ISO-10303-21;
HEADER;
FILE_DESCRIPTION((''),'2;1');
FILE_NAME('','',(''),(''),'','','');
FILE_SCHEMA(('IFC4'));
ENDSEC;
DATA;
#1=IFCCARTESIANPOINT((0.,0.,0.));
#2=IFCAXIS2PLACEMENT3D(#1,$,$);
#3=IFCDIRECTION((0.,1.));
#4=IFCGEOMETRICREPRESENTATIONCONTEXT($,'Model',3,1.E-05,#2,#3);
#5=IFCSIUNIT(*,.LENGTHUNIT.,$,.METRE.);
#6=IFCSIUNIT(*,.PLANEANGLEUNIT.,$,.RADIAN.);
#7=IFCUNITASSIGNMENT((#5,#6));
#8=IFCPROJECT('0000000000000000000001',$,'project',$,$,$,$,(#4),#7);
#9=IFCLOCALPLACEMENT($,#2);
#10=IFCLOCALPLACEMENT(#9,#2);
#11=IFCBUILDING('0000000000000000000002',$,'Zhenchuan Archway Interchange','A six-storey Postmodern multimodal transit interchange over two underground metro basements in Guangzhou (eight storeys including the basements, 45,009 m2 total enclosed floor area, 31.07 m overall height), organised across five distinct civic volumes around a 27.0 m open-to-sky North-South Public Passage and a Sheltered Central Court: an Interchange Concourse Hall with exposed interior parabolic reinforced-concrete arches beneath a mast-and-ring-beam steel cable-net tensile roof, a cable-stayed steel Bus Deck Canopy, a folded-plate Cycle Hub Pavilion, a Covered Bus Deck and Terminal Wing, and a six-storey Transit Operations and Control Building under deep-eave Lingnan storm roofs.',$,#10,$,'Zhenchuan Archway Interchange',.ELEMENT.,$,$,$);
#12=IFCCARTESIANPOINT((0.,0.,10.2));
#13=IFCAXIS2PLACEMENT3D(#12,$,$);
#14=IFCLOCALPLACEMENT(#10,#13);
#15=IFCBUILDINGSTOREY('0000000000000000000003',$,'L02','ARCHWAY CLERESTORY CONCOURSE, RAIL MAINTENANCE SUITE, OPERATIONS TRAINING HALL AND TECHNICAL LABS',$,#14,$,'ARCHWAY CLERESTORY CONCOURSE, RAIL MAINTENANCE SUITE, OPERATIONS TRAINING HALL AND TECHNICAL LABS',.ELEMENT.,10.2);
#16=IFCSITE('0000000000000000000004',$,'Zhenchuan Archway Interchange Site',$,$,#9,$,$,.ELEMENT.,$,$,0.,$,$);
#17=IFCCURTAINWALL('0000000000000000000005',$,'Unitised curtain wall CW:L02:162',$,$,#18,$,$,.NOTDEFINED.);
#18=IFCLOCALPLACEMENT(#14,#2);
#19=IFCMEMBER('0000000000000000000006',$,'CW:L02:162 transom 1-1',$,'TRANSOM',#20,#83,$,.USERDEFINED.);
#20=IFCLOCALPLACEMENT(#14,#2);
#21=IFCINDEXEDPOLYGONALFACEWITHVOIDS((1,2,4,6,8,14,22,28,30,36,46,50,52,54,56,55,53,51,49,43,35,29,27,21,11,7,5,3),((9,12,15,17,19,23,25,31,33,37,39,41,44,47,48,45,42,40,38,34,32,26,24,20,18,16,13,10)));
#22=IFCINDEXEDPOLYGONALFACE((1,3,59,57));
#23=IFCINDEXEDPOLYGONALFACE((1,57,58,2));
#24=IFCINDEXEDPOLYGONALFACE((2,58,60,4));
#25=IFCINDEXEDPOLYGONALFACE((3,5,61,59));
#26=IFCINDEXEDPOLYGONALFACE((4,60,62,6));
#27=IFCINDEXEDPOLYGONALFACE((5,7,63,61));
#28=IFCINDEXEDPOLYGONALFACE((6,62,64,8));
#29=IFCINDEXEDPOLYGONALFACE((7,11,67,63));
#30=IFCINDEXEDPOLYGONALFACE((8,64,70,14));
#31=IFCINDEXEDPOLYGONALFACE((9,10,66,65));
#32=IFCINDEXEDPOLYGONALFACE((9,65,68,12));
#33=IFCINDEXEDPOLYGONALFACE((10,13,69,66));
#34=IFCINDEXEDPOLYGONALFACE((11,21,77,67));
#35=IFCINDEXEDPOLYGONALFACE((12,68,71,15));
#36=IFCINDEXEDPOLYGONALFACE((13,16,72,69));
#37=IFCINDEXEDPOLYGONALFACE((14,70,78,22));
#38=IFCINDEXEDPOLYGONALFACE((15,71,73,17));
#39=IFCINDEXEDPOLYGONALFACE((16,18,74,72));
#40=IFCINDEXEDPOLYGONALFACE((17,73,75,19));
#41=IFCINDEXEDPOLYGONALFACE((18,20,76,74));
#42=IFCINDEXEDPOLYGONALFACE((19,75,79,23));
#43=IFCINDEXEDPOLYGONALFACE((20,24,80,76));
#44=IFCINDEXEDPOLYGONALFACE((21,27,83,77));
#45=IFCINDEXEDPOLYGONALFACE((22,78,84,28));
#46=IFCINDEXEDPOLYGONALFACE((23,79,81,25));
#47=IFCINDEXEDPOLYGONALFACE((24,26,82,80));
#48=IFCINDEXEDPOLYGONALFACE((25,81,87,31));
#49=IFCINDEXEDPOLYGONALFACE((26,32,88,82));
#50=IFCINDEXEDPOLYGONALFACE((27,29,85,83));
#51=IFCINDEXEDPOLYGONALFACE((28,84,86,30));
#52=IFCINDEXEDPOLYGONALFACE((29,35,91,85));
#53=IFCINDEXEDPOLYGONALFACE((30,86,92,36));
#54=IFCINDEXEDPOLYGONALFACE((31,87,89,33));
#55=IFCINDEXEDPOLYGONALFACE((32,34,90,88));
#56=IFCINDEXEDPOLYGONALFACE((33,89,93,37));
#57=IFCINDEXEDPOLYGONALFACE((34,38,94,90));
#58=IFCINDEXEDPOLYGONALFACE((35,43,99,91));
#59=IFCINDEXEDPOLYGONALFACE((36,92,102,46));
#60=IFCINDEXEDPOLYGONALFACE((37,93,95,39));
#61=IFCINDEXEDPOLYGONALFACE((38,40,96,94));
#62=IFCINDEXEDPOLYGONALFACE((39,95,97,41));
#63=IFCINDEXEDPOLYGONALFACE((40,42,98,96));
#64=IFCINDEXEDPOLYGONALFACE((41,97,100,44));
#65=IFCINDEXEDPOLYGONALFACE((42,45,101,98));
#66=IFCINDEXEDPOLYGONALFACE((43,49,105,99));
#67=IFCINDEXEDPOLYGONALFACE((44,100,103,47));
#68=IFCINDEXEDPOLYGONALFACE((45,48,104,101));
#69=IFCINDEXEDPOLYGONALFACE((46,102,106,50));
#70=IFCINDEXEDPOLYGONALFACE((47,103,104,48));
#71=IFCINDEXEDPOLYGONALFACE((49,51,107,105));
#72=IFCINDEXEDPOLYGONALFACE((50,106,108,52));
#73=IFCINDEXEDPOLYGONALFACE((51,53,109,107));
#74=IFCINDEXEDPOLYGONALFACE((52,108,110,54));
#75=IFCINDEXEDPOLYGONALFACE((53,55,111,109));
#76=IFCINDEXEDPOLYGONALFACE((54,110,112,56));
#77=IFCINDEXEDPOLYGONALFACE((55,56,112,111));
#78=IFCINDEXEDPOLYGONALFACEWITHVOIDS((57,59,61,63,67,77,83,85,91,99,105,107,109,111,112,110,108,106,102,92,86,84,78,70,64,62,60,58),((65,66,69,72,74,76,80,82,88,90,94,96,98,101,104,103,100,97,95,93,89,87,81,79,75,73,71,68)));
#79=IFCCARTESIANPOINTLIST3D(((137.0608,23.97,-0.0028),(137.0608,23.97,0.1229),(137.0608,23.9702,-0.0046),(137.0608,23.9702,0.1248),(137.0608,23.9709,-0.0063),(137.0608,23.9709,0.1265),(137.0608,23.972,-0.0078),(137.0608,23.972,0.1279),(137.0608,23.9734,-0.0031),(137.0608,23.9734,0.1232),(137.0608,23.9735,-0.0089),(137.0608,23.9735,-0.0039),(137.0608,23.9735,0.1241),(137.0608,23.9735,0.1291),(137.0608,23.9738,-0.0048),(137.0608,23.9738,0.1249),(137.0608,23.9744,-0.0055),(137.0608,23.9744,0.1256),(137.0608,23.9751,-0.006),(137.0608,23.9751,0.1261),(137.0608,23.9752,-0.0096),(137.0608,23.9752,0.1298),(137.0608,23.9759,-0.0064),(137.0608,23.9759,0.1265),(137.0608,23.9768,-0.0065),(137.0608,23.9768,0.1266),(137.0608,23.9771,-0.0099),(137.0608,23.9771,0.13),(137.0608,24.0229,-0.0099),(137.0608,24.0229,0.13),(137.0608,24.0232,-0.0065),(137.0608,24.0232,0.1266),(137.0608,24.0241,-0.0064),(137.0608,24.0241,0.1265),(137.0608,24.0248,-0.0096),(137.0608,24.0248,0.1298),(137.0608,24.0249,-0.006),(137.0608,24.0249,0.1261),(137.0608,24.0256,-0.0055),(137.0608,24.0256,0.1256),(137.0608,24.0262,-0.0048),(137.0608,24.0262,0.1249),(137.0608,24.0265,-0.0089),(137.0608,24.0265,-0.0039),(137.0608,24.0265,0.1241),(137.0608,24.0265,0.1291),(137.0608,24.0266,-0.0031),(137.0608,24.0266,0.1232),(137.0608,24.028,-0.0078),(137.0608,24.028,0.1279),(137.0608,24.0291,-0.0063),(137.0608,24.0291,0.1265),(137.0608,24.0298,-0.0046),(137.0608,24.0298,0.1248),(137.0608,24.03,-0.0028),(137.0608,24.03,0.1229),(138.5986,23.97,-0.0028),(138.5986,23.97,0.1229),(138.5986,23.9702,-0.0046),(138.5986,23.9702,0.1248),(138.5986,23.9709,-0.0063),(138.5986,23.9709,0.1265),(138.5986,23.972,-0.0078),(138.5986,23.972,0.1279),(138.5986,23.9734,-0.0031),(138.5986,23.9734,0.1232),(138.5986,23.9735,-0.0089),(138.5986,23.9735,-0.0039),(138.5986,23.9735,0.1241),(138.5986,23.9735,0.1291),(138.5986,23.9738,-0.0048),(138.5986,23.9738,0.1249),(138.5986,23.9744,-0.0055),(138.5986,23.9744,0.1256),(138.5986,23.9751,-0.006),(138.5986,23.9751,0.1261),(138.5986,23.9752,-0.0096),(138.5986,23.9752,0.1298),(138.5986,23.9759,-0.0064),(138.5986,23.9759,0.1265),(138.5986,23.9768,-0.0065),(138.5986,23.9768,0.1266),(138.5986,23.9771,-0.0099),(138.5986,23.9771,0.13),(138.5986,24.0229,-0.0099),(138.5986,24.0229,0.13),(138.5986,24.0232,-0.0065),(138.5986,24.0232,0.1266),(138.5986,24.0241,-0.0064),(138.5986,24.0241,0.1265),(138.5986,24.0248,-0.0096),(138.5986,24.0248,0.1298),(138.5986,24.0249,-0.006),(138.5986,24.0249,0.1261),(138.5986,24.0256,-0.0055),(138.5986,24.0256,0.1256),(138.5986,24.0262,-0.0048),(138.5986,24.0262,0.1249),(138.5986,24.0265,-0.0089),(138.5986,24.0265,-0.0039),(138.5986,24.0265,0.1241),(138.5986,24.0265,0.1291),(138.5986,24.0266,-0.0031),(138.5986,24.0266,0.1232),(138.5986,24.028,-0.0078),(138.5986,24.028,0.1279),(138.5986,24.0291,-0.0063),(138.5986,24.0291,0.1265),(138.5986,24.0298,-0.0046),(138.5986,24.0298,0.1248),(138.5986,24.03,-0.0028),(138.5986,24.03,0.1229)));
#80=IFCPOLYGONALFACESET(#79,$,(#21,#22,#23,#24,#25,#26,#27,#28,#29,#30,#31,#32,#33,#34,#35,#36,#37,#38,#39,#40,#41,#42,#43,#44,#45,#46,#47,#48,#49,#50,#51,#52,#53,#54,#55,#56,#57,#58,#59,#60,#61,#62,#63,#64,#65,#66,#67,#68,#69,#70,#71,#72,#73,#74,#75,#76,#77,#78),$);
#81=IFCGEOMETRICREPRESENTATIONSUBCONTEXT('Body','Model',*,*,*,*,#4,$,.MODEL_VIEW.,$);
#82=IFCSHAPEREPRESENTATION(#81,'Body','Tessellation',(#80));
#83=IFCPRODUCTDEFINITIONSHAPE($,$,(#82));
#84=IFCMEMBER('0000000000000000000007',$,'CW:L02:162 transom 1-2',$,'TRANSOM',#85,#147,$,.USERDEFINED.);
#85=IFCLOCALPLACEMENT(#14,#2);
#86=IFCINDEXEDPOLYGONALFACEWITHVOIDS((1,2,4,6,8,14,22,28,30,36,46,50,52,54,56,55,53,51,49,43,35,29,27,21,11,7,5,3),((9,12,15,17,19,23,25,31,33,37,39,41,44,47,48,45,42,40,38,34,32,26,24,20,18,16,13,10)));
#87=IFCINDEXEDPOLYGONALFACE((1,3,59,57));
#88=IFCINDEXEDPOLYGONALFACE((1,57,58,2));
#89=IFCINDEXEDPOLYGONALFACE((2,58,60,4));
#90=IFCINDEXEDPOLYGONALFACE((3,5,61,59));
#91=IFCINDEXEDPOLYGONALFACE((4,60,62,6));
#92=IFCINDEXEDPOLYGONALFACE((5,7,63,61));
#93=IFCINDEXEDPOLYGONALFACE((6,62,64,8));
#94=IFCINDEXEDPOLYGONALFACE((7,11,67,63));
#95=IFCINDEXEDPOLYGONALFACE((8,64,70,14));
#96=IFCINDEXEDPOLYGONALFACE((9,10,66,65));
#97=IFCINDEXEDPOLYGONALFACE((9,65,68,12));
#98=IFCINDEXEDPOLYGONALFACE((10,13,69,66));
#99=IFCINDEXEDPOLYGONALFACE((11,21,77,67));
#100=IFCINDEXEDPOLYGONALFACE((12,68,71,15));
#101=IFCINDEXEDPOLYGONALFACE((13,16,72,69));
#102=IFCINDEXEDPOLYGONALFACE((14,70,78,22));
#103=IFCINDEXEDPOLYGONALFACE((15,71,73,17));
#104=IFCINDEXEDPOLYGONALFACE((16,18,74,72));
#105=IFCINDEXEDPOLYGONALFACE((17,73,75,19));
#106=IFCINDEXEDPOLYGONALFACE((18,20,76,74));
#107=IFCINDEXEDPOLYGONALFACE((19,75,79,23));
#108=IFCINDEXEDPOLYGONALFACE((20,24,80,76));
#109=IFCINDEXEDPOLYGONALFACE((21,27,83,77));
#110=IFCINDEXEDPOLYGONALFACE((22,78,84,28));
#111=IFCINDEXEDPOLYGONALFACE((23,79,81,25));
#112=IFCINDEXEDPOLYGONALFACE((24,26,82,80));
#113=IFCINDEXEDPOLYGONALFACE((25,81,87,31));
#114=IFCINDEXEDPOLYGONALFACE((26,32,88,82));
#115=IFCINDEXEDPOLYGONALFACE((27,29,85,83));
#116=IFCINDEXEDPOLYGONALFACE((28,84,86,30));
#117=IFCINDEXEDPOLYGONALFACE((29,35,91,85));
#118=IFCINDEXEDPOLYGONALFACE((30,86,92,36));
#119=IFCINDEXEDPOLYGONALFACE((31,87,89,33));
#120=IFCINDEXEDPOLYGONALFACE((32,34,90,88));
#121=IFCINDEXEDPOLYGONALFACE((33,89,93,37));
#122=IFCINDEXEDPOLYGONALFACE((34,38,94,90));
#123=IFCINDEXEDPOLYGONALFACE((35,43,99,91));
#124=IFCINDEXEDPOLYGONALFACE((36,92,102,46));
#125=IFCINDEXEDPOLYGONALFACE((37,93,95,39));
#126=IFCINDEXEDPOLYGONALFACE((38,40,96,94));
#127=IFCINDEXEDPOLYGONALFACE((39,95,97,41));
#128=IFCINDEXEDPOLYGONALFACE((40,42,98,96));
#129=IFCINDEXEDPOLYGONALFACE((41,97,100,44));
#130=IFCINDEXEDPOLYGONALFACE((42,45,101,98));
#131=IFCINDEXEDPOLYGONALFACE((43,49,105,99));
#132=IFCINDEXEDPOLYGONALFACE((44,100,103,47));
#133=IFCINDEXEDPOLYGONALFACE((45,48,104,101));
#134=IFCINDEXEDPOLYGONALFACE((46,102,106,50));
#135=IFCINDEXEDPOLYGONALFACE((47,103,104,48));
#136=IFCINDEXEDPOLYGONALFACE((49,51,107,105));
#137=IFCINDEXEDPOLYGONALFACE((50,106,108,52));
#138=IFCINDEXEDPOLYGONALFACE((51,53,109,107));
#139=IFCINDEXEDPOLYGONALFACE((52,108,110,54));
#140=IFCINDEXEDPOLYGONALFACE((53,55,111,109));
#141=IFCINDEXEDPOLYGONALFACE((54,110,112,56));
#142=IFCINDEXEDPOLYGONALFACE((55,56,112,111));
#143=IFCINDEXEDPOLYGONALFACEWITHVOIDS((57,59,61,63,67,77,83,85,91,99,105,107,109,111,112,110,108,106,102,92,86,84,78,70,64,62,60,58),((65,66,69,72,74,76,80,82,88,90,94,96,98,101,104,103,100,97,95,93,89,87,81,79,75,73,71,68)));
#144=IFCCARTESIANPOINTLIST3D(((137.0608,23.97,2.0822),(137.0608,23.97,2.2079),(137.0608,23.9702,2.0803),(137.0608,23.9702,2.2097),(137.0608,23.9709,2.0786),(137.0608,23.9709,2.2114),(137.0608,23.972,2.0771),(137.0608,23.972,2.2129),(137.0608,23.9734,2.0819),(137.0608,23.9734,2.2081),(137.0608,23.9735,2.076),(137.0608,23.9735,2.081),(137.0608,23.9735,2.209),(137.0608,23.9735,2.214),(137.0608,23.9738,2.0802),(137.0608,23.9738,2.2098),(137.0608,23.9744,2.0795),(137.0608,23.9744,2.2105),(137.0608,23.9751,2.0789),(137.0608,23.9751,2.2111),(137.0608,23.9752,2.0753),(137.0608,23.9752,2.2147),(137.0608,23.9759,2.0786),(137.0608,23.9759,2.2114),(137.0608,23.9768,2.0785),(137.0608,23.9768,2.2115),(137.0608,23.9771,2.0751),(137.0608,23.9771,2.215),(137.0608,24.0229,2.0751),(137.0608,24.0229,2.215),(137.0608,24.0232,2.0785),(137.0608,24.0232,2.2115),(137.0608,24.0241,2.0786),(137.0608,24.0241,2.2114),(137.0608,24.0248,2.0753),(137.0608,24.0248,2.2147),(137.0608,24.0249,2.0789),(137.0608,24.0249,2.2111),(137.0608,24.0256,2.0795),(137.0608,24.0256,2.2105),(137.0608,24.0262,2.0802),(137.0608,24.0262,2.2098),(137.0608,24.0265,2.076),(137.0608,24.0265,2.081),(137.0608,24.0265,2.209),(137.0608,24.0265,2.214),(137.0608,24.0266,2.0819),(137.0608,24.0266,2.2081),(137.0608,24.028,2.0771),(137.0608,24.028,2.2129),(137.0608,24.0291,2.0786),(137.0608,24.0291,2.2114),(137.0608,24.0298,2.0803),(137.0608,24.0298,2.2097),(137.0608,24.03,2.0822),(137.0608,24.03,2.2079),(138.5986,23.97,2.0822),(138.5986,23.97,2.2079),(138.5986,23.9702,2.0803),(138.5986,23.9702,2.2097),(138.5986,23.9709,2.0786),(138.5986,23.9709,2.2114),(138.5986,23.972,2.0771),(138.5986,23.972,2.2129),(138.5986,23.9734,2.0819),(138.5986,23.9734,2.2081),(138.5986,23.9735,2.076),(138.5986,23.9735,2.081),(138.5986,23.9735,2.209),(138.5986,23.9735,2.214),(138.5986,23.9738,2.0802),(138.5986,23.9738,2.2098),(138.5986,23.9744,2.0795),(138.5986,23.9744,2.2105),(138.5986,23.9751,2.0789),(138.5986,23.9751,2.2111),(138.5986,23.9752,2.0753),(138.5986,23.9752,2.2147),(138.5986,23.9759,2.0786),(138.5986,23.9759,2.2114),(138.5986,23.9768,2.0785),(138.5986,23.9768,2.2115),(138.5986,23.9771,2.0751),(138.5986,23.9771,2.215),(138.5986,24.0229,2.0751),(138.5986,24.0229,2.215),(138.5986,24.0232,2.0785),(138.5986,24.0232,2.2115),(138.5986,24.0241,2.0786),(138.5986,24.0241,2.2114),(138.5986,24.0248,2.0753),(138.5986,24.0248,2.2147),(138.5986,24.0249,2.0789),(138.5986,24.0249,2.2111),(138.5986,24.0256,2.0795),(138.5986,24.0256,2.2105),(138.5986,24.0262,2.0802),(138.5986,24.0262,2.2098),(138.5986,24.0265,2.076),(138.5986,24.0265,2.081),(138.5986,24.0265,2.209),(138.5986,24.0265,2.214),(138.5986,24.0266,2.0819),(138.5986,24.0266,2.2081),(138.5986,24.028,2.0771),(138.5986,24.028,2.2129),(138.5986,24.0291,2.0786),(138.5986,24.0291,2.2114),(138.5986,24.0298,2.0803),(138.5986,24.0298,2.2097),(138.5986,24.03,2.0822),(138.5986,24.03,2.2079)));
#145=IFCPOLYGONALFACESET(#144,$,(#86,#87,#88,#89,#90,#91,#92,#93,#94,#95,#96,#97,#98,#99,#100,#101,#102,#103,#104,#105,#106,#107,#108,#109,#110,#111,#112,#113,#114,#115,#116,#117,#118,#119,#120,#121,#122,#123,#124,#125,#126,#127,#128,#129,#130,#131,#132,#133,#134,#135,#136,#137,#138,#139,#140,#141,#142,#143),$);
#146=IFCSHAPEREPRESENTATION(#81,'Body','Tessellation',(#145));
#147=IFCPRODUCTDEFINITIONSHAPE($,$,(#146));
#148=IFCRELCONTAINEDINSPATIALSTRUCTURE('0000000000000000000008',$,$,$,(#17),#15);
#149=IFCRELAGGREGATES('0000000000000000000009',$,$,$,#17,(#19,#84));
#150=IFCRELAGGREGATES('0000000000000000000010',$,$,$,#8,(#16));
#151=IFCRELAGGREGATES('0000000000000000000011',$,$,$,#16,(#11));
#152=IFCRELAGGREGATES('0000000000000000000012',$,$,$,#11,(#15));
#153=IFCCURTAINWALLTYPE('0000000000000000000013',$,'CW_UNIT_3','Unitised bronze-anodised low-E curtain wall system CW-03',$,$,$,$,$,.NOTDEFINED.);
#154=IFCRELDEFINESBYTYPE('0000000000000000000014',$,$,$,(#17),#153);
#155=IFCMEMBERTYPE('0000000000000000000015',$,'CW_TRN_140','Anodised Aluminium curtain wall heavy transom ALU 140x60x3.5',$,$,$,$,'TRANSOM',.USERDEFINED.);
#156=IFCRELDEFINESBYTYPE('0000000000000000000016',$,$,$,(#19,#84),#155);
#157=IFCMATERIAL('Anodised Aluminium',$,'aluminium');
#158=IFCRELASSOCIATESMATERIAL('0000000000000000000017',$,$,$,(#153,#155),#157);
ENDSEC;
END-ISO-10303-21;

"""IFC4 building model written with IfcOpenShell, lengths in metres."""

from ifc_helpers import new_model, si_unit, direction, frame, origin, origin_2d, place, context, subcontext, project, spatial, hollow_rectangle, extrude, material, material_profile, profile_set, type_object, element, aggregate, save


model = new_model("IFC4")

# Units and contexts
model_context = context("Model", 3, precision=1e-05, world=origin(), true_north=direction((0.0, 1.0)))
body_context = subcontext(model_context, "Body", "Model", "MODEL_VIEW")
ifc_project = project(units=[si_unit("LENGTHUNIT", "METRE"), si_unit("PLANEANGLEUNIT", "RADIAN")], contexts=[model_context])

# Site, building, storey
site_placement = place(None, origin())
site = spatial("IfcSite", under=ifc_project, at=site_placement, Name="Zhenchuan Archway Interchange Site", CompositionType="ELEMENT", RefElevation=0.0)
building_placement = place(site_placement, origin())
building = spatial("IfcBuilding", under=site, at=building_placement, Name="Zhenchuan Archway Interchange", Description="A six-storey Postmodern multimodal transit interchange over two underground metro basements in Guangzhou (eight storeys including the basements, 45,009 m2 total enclosed floor area, 31.07 m overall height), organised across five distinct civic volumes around a 27.0 m open-to-sky North-South Public Passage and a Sheltered Central Court: an Interchange Concourse Hall with exposed interior parabolic reinforced-concrete arches beneath a mast-and-ring-beam steel cable-net tensile roof, a cable-stayed steel Bus Deck Canopy, a folded-plate Cycle Hub Pavilion, a Covered Bus Deck and Terminal Wing, and a six-storey Transit Operations and Control Building under deep-eave Lingnan storm roofs.", LongName="Zhenchuan Archway Interchange", CompositionType="ELEMENT")
storey_placement = place(building_placement, frame((0.0, 0.0, 10.2)))
storey = spatial("IfcBuildingStorey", under=building, at=storey_placement, Name="L02", Description="ARCHWAY CLERESTORY CONCOURSE, RAIL MAINTENANCE SUITE, OPERATIONS TRAINING HALL AND TECHNICAL LABS", LongName="ARCHWAY CLERESTORY CONCOURSE, RAIL MAINTENANCE SUITE, OPERATIONS TRAINING HALL AND TECHNICAL LABS", CompositionType="ELEMENT", Elevation=10.2)

# Curtain wall, members
ifc_material_1 = material(Name="Anodised Aluminium", Category="aluminium")
curtain_wall_type = type_object("IfcCurtainWallType", Name="CW_UNIT_3", Description="Unitised bronze-anodised low-E curtain wall system CW-03", PredefinedType="NOTDEFINED", material=ifc_material_1)
curtain_wall_placement = place(storey_placement, origin())
curtain_wall = element("IfcCurtainWall", 1, at=curtain_wall_placement, inside=storey, type_object=curtain_wall_type, Name="Unitised curtain wall CW:L02:162", PredefinedType="NOTDEFINED")
ifc_material_profile_1 = material_profile(ifc_material_1, hollow_rectangle(XDim=0.0601, YDim=0.1399, WallThickness=0.0034, InnerFilletRadius=0.0034, OuterFilletRadius=0.0071, at=origin_2d()), Name="ALU 140x60x3.5")
ifc_profile_set_1 = profile_set([ifc_material_profile_1], Name="Anodised Aluminium")
member_type_1 = type_object("IfcMemberType", Name="CW_TRN_140", Description="Anodised Aluminium curtain wall heavy transom ALU 140x60x3.5", ElementType="TRANSOM", PredefinedType="USERDEFINED", material=ifc_profile_set_1)
member_1_placement = place(storey_placement, frame((137.0608, 24.0, 0.0601), z_axis=(1.0, 0.0, 0.0), x_axis=(0.0, 1.0, 0.0)))
member_1 = element("IfcMember", 2, at=member_1_placement, type_object=member_type_1, Name="CW:L02:162 transom 1-1", ObjectType="TRANSOM", PredefinedType="USERDEFINED", context=body_context, shape_type="SweptSolid", body=[
    extrude(hollow_rectangle(XDim=0.0601, YDim=0.1399, WallThickness=0.0034, InnerFilletRadius=0.0034, OuterFilletRadius=0.0071, at=origin_2d()), origin(), (0.0, 0.0, 1.0), 1.5378),
])
member_2_placement = place(storey_placement, frame((137.0608, 24.0, 2.145), z_axis=(1.0, 0.0, 0.0), x_axis=(0.0, 1.0, 0.0)))
member_2 = element("IfcMember", 3, at=member_2_placement, type_object=member_type_1, Name="CW:L02:162 transom 1-2", ObjectType="TRANSOM", PredefinedType="USERDEFINED", context=body_context, shape_type="SweptSolid", body=[
    extrude(hollow_rectangle(XDim=0.0601, YDim=0.1399, WallThickness=0.0034, InnerFilletRadius=0.0034, OuterFilletRadius=0.0071, at=origin_2d()), origin(), (0.0, 0.0, 1.0), 1.5378),
])
aggregate(curtain_wall, [member_1, member_2])

save(model, "model.ifc")
